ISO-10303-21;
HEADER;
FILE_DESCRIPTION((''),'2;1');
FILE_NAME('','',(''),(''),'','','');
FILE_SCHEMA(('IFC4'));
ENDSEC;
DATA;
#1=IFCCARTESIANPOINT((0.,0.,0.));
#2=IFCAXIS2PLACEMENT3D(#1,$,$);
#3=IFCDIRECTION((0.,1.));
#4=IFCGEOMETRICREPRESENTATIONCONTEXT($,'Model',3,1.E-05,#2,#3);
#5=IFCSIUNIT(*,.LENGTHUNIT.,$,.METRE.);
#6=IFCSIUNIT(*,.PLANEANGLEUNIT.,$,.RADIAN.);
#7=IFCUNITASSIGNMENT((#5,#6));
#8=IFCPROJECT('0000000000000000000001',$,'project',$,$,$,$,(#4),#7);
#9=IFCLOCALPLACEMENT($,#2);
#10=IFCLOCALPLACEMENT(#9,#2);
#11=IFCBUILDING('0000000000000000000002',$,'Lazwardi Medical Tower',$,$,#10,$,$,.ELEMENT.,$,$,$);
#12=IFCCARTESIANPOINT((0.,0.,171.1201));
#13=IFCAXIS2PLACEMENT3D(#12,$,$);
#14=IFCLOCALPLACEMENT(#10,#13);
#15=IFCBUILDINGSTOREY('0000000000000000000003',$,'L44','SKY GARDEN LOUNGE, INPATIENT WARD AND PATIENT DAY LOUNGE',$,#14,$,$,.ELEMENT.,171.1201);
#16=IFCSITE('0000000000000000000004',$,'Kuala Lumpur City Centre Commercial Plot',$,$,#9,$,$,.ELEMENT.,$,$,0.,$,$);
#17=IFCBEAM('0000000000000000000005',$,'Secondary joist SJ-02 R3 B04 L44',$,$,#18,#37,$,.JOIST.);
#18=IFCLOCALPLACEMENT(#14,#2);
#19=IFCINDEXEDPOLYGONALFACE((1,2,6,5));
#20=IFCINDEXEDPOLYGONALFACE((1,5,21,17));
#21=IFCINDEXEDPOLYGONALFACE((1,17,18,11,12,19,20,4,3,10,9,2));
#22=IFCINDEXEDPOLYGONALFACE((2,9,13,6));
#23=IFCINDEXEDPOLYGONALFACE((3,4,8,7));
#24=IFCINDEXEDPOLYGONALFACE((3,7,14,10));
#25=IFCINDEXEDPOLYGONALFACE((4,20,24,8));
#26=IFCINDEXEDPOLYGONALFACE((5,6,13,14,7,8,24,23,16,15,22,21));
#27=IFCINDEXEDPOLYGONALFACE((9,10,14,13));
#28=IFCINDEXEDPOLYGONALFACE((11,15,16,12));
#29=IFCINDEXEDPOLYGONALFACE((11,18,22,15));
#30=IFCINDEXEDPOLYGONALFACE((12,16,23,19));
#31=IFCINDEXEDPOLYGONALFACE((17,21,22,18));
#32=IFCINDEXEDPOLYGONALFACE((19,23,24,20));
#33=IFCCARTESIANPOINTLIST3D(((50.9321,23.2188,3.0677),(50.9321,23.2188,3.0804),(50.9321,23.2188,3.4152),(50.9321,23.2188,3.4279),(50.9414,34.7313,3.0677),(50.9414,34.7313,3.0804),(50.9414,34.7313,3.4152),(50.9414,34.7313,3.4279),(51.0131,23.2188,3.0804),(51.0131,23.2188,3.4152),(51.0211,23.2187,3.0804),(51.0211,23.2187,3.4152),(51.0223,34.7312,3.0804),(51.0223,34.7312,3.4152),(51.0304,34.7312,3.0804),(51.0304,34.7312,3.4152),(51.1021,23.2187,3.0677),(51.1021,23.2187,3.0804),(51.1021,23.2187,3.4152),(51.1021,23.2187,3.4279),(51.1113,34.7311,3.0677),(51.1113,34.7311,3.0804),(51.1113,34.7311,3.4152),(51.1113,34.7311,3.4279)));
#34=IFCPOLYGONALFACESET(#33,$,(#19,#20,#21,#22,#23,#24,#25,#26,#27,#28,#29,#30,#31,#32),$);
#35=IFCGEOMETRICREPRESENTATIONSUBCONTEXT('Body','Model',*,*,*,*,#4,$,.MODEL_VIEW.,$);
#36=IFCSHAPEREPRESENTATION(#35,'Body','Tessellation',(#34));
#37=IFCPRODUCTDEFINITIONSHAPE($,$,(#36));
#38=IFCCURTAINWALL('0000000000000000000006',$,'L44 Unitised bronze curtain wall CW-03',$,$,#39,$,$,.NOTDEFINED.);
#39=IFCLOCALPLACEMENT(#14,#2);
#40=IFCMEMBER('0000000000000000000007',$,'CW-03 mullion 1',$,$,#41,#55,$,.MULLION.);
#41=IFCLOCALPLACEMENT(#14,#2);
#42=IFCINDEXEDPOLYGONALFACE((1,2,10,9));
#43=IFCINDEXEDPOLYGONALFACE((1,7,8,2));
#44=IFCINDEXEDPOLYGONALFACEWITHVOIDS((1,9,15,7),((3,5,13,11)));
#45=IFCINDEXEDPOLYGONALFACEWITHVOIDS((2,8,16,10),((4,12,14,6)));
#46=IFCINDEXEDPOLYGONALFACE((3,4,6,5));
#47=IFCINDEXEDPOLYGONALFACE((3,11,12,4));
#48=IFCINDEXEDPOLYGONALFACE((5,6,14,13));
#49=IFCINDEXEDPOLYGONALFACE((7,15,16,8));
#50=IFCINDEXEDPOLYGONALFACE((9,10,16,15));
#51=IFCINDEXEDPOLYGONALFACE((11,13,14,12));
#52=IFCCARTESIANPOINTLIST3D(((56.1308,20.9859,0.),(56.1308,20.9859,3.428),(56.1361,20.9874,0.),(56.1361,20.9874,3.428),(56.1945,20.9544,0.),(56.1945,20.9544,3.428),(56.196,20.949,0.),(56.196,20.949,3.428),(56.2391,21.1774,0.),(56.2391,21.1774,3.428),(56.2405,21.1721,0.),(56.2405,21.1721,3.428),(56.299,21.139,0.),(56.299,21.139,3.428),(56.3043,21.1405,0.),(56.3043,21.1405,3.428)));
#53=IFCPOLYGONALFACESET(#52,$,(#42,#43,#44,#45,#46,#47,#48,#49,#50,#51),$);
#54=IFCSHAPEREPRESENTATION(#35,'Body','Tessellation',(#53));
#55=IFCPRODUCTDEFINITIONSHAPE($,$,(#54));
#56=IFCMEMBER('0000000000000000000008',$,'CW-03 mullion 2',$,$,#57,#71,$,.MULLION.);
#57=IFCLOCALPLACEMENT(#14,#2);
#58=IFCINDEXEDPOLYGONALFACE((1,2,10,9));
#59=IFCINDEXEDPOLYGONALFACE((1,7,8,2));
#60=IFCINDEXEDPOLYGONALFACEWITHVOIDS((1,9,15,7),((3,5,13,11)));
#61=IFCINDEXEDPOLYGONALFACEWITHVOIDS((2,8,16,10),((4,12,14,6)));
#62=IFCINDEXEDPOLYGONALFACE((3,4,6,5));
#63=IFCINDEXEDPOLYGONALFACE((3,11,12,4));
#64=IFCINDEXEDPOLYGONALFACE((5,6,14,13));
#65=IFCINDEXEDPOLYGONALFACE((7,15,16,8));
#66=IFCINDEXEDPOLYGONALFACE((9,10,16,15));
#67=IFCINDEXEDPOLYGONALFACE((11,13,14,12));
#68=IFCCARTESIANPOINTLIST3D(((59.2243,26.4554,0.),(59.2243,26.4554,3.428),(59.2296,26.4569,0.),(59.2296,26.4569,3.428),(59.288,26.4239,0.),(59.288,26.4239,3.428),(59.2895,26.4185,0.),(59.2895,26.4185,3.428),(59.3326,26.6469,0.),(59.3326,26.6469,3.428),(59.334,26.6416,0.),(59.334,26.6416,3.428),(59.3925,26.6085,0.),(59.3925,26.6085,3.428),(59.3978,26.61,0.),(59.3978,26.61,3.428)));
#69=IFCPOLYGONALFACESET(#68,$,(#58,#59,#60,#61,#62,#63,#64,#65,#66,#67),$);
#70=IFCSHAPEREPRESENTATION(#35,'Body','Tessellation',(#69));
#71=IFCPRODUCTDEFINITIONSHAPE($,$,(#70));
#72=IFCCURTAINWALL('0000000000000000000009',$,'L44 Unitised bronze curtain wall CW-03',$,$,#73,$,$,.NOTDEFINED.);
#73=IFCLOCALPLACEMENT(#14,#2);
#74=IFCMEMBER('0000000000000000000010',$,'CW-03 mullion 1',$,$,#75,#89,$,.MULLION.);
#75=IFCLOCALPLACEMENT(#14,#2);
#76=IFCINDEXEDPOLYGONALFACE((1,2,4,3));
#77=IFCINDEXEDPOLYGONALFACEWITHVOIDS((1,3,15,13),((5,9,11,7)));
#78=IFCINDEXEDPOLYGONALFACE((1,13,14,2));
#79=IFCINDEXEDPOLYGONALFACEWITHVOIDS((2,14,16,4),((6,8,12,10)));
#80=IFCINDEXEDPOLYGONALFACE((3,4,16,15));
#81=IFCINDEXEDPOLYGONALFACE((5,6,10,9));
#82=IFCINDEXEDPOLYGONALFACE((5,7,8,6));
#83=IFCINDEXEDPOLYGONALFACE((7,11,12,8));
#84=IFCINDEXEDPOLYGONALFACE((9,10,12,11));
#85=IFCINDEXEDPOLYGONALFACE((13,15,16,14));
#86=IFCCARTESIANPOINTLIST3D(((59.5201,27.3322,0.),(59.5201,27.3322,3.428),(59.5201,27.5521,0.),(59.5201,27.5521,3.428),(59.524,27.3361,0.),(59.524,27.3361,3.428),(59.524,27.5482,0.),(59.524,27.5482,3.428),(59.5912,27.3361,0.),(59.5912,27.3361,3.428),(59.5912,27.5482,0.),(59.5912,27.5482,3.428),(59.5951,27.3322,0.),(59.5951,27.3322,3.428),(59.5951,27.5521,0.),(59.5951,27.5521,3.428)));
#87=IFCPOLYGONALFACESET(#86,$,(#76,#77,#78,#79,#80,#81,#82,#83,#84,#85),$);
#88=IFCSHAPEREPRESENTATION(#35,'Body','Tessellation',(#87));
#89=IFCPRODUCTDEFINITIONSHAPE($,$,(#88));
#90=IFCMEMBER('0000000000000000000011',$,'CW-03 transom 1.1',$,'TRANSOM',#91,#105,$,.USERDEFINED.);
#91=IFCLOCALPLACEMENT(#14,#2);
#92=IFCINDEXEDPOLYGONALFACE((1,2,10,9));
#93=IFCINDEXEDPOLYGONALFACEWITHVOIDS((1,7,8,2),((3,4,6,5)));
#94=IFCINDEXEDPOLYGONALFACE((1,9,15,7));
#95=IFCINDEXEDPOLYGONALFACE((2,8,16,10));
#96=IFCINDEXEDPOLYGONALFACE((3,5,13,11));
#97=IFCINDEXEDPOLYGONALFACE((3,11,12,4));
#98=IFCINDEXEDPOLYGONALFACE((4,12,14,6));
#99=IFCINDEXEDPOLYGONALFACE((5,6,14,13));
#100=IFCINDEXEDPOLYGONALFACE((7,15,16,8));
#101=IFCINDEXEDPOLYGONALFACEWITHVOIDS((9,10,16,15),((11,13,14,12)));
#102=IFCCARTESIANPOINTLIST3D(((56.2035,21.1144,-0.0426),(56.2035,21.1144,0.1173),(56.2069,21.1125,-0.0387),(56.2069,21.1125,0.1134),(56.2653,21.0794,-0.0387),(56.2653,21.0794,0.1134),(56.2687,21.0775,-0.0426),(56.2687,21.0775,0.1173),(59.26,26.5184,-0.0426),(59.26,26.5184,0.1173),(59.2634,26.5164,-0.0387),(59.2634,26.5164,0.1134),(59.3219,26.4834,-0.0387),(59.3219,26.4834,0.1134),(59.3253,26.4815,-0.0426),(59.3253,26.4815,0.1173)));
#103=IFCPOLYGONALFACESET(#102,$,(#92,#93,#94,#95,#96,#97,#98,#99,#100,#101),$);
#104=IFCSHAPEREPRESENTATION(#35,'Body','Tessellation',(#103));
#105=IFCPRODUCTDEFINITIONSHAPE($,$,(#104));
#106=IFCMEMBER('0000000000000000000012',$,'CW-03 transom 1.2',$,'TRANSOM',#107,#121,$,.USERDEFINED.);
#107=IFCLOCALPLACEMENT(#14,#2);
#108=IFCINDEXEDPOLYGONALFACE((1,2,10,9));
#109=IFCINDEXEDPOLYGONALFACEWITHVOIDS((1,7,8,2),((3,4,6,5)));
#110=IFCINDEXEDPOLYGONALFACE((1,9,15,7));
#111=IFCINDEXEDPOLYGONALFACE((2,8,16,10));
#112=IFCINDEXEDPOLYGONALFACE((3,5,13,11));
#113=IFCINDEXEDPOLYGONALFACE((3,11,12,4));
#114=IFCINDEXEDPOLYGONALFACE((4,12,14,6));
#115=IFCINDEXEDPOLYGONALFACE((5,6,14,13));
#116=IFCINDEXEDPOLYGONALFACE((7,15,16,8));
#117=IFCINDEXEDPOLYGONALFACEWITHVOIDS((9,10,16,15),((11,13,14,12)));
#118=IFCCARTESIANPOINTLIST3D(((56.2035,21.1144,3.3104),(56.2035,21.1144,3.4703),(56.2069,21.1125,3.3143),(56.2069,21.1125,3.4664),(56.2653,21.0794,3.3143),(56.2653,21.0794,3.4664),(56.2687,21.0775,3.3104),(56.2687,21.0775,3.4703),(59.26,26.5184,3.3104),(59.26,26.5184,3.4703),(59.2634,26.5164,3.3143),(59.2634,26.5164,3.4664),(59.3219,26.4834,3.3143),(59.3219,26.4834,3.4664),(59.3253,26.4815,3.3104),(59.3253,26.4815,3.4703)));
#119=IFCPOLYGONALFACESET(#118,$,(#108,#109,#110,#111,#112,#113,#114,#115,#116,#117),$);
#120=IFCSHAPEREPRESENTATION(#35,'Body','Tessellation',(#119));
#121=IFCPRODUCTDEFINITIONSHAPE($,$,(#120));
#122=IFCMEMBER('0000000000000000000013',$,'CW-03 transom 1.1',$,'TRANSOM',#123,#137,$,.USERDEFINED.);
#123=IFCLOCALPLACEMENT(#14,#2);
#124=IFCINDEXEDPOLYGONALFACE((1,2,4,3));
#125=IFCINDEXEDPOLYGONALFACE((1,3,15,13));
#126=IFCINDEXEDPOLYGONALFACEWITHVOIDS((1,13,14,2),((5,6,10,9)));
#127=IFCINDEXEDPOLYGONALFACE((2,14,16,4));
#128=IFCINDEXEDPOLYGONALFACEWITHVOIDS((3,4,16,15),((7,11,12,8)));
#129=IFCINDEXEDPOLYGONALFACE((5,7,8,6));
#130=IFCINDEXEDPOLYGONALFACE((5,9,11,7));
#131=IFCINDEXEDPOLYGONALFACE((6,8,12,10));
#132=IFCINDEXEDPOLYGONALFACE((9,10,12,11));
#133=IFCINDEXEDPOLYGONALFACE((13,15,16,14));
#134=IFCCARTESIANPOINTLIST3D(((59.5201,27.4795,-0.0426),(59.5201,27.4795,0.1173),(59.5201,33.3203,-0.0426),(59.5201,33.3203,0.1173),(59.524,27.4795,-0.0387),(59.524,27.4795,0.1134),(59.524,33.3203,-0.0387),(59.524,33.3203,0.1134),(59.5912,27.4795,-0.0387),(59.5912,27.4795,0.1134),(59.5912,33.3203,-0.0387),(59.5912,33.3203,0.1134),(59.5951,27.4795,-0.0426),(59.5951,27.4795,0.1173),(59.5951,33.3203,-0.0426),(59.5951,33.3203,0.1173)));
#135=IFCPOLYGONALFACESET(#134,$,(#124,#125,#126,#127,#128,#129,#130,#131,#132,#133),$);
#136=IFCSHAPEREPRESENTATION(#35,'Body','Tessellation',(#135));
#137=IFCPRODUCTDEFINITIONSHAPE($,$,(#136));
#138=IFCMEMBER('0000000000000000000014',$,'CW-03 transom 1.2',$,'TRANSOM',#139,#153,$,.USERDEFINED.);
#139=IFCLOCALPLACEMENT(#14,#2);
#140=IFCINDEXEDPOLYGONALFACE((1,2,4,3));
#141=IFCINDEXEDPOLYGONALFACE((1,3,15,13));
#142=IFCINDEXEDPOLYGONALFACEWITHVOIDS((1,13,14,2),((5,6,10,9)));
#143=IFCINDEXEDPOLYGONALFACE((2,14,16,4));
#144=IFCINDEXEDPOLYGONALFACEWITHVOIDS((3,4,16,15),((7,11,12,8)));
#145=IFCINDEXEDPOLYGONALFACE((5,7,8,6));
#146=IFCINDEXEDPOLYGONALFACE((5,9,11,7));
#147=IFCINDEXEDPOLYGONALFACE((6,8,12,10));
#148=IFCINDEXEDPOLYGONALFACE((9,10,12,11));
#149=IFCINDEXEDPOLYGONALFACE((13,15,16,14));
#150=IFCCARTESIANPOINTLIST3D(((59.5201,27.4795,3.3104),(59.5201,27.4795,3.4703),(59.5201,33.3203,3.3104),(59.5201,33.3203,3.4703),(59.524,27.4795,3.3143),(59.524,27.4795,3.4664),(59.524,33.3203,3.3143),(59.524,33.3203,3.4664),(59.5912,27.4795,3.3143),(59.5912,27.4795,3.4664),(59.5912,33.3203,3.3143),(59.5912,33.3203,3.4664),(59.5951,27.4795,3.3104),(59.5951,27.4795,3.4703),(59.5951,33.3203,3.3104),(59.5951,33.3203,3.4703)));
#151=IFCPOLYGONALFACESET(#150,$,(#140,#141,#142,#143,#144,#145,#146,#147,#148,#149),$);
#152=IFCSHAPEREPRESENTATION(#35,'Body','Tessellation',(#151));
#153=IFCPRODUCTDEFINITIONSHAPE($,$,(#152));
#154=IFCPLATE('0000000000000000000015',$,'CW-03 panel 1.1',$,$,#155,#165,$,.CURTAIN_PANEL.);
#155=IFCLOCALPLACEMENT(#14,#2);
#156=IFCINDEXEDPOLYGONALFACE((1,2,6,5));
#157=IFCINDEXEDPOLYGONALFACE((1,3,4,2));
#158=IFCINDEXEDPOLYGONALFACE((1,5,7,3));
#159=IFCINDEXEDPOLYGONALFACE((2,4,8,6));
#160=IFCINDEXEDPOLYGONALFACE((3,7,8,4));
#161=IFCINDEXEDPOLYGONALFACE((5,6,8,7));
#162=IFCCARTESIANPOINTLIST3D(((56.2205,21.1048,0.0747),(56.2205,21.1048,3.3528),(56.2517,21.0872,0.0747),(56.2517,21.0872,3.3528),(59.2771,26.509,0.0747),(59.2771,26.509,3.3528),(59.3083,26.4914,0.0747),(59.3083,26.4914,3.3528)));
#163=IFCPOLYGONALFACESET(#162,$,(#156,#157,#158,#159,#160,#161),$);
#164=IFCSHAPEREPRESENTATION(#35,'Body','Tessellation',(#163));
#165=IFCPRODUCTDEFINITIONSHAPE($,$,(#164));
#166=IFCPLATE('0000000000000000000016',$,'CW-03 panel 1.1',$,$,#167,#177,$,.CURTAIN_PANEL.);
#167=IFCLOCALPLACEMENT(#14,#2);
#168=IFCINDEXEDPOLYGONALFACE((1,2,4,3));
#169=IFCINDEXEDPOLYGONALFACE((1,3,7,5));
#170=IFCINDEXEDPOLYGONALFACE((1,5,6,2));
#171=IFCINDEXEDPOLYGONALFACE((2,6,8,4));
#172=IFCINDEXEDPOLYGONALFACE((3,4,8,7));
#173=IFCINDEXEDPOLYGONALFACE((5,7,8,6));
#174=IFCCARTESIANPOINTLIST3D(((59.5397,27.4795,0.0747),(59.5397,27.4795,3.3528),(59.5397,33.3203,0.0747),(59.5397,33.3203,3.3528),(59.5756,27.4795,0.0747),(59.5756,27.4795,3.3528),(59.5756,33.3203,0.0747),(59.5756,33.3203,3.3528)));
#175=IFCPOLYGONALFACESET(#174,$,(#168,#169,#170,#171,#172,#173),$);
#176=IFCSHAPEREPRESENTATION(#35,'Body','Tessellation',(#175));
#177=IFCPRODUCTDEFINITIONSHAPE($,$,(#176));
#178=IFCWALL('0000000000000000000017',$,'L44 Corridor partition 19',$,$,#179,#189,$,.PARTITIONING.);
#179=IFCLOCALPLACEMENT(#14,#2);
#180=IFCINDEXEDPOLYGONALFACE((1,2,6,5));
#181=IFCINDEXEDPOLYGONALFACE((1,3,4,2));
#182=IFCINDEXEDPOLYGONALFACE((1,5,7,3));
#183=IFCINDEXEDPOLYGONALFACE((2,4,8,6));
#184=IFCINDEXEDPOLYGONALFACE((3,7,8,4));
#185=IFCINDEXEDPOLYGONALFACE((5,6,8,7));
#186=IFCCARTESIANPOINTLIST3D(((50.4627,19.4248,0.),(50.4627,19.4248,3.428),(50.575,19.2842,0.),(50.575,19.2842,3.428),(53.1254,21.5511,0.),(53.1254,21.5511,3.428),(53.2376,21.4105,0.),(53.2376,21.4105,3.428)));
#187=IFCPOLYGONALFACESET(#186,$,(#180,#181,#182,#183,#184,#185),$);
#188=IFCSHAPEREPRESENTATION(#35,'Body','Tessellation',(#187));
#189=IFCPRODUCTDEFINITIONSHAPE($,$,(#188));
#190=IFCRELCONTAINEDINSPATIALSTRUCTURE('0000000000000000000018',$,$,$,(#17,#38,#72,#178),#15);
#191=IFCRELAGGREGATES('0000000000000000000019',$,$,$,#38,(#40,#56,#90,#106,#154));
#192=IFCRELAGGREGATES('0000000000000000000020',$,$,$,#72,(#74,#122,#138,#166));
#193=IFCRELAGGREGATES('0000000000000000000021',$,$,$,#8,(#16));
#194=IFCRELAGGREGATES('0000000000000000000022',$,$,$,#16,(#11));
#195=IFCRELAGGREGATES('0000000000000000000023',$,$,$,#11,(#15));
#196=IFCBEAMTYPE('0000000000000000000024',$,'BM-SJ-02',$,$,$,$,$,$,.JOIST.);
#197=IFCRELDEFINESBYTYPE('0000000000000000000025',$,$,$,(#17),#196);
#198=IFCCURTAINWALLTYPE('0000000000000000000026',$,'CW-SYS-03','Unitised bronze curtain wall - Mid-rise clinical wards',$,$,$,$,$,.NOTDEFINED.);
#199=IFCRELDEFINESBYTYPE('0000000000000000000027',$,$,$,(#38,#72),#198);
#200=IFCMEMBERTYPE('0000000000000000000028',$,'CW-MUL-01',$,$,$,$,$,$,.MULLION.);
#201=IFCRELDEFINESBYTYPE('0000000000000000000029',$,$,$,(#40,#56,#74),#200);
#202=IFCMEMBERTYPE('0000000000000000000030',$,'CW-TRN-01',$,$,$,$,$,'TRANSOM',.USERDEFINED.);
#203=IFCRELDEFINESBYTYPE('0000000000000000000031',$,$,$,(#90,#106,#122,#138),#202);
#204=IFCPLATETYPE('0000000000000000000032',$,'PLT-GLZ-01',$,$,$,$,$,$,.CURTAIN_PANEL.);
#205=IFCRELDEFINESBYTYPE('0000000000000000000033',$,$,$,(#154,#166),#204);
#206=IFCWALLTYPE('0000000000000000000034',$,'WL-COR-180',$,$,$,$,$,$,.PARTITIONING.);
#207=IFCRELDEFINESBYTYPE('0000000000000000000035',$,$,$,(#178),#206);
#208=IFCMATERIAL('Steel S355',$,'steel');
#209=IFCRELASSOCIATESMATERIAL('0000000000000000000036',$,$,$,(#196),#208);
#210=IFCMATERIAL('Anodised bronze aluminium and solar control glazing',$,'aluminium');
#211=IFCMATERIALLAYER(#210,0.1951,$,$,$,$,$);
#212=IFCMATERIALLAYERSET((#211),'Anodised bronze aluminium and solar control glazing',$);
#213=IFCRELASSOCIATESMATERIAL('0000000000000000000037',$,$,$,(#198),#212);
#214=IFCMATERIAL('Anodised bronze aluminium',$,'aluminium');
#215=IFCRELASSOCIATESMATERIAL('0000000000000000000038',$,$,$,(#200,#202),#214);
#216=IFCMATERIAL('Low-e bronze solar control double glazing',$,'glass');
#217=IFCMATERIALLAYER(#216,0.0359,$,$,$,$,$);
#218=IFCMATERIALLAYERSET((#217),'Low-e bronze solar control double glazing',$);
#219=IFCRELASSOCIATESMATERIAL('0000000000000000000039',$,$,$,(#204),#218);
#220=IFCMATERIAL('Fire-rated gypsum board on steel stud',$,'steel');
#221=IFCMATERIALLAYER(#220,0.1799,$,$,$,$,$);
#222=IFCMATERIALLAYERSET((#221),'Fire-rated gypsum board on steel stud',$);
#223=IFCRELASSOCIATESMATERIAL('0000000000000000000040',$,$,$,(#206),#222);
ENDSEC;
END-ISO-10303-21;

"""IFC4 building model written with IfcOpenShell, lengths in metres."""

from ifc_helpers import new_model, si_unit, direction, frame, frame_2d, origin, origin_2d, place, context, subcontext, project, spatial, rectangle, hollow_rectangle, i_section, extrude, material, layer, layer_set, material_profile, profile_set, type_object, element, aggregate, save


model = new_model("IFC4")

# Units and contexts
model_context = context("Model", 3, precision=1e-05, world=origin(), true_north=direction((0.0, 1.0)))
body_context = subcontext(model_context, "Body", "Model", "MODEL_VIEW")
ifc_project = project(units=[si_unit("LENGTHUNIT", "METRE"), si_unit("PLANEANGLEUNIT", "RADIAN")], contexts=[model_context])

# Site, building, storey
site_placement = place(None, origin())
site = spatial("IfcSite", under=ifc_project, at=site_placement, Name="Kuala Lumpur City Centre Commercial Plot", CompositionType="ELEMENT", RefElevation=0.0)
building_placement = place(site_placement, origin())
building = spatial("IfcBuilding", under=site, at=building_placement, Name="Lazwardi Medical Tower", CompositionType="ELEMENT")
storey_placement = place(building_placement, frame((0.0, 0.0, 171.1201)))
storey = spatial("IfcBuildingStorey", under=building, at=storey_placement, Name="L44", Description="SKY GARDEN LOUNGE, INPATIENT WARD AND PATIENT DAY LOUNGE", CompositionType="ELEMENT", Elevation=171.1201)

# Beam
ifc_material_1 = material(Name="Steel S355", Category="steel")
ifc_material_profile_1 = material_profile(ifc_material_1, i_section(OverallWidth=0.1699, OverallDepth=0.3601, WebThickness=0.0081, FlangeThickness=0.0127, at=origin_2d()), Name="IPE 360")
ifc_profile_set_1 = profile_set([ifc_material_profile_1], Name="Steel S355")
beam_type_1 = type_object("IfcBeamType", Name="BM-SJ-02", PredefinedType="JOIST", material=ifc_profile_set_1)
beam_1_placement = place(storey_placement, frame((51.0171, 23.2188, 3.2478), z_axis=(0.000806, 1.0, 0.0), x_axis=(-1.0, 0.000806, 0.0)))
element("IfcBeam", 1, at=beam_1_placement, inside=storey, type_object=beam_type_1, Name="Secondary joist SJ-02 R3 B04 L44", PredefinedType="JOIST", context=body_context, shape_type="SweptSolid", body=[
    extrude(i_section(OverallWidth=0.1699, OverallDepth=0.3601, WebThickness=0.0081, FlangeThickness=0.0127, at=origin_2d()), origin(), (0.0, 0.0, 1.0), 11.5125),
])

# Curtain wall, members
ifc_material_2 = material(Name="Anodised bronze aluminium and solar control glazing", Category="aluminium")
ifc_layer_1 = layer(ifc_material_2, 0.1951)
ifc_layer_set_1 = layer_set([ifc_layer_1], Name="Anodised bronze aluminium and solar control glazing")
curtain_wall_type = type_object("IfcCurtainWallType", Name="CW-SYS-03", Description="Unitised bronze curtain wall - Mid-rise clinical wards", PredefinedType="NOTDEFINED", material=ifc_layer_set_1)
curtain_wall_1_placement = place(storey_placement, origin())
curtain_wall_1 = element("IfcCurtainWall", 2, at=curtain_wall_1_placement, inside=storey, type_object=curtain_wall_type, Name="L44 Unitised bronze curtain wall CW-03", PredefinedType="NOTDEFINED")
ifc_material_3 = material(Name="Anodised bronze aluminium", Category="aluminium")
ifc_material_profile_2 = material_profile(ifc_material_3, hollow_rectangle(XDim=0.075, YDim=0.22, WallThickness=0.0039, at=origin_2d()), Name="ALU-MULLION 220x75x4")
ifc_profile_set_2 = profile_set([ifc_material_profile_2], Name="Anodised bronze aluminium")
member_type_1 = type_object("IfcMemberType", Name="CW-MUL-01", PredefinedType="MULLION", material=ifc_profile_set_2)
member_1_placement = place(storey_placement, frame((56.2175, 21.0632, 0.0), z_axis=(0.0, 0.0, 1.0), x_axis=(-0.870419, 0.492312, 0.0)))
member_1 = element("IfcMember", 3, at=member_1_placement, type_object=member_type_1, Name="CW-03 mullion 1", PredefinedType="MULLION", context=body_context, shape_type="SweptSolid", body=[
    extrude(hollow_rectangle(XDim=0.075, YDim=0.22, WallThickness=0.0039, at=origin_2d()), origin(), (0.0, 0.0, 1.0), 3.428),
])
member_2_placement = place(storey_placement, frame((59.311, 26.5327, 0.0), z_axis=(0.0, 0.0, 1.0), x_axis=(-0.870419, 0.492312, 0.0)))
member_2 = element("IfcMember", 4, at=member_2_placement, type_object=member_type_1, Name="CW-03 mullion 2", PredefinedType="MULLION", context=body_context, shape_type="SweptSolid", body=[
    extrude(hollow_rectangle(XDim=0.075, YDim=0.22, WallThickness=0.0039, at=origin_2d()), origin(), (0.0, 0.0, 1.0), 3.428),
])

# Curtain wall, member
curtain_wall_2_placement = place(storey_placement, origin())
curtain_wall_2 = element("IfcCurtainWall", 5, at=curtain_wall_2_placement, inside=storey, type_object=curtain_wall_type, Name="L44 Unitised bronze curtain wall CW-03", PredefinedType="NOTDEFINED")
member_3_placement = place(storey_placement, frame((59.5576, 27.4421, 0.0), z_axis=(0.0, 0.0, 1.0), x_axis=(-1.0, 0.0, 0.0)))
member_3 = element("IfcMember", 6, at=member_3_placement, type_object=member_type_1, Name="CW-03 mullion 1", PredefinedType="MULLION", context=body_context, shape_type="SweptSolid", body=[
    extrude(hollow_rectangle(XDim=0.075, YDim=0.22, WallThickness=0.0039, at=origin_2d()), origin(), (0.0, 0.0, 1.0), 3.428),
])

# Members
ifc_material_profile_3 = material_profile(ifc_material_3, hollow_rectangle(XDim=0.075, YDim=0.1599, WallThickness=0.0039, at=origin_2d()), Name="ALU-TRANSOM 160x75x4")
ifc_profile_set_3 = profile_set([ifc_material_profile_3], Name="Anodised bronze aluminium")
member_type_2 = type_object("IfcMemberType", Name="CW-TRN-01", ElementType="TRANSOM", PredefinedType="USERDEFINED", material=ifc_profile_set_3)
member_4_placement = place(storey_placement, frame((56.2361, 21.0959, 0.0374), z_axis=(0.492323, 0.870413, 0.0), x_axis=(-0.870413, 0.492323, 0.0)))
member_4 = element("IfcMember", 7, at=member_4_placement, type_object=member_type_2, Name="CW-03 transom 1.1", ObjectType="TRANSOM", PredefinedType="USERDEFINED", context=body_context, shape_type="SweptSolid", body=[
    extrude(hollow_rectangle(XDim=0.075, YDim=0.1599, WallThickness=0.0039, at=origin_2d()), origin(), (0.0, 0.0, 1.0), 6.2085),
])
member_5_placement = place(storey_placement, frame((56.2361, 21.0959, 3.3904), z_axis=(0.492323, 0.870413, 0.0), x_axis=(-0.870413, 0.492323, 0.0)))
member_5 = element("IfcMember", 8, at=member_5_placement, type_object=member_type_2, Name="CW-03 transom 1.2", ObjectType="TRANSOM", PredefinedType="USERDEFINED", context=body_context, shape_type="SweptSolid", body=[
    extrude(hollow_rectangle(XDim=0.075, YDim=0.1599, WallThickness=0.0039, at=origin_2d()), origin(), (0.0, 0.0, 1.0), 6.2085),
])
member_6_placement = place(storey_placement, frame((59.5576, 27.4795, 0.0374), z_axis=(0.0, 1.0, 0.0), x_axis=(-1.0, 0.0, 0.0)))
member_6 = element("IfcMember", 9, at=member_6_placement, type_object=member_type_2, Name="CW-03 transom 1.1", ObjectType="TRANSOM", PredefinedType="USERDEFINED", context=body_context, shape_type="SweptSolid", body=[
    extrude(hollow_rectangle(XDim=0.075, YDim=0.1599, WallThickness=0.0039, at=origin_2d()), origin(), (0.0, 0.0, 1.0), 5.8408),
])
member_7_placement = place(storey_placement, frame((59.5576, 27.4795, 3.3904), z_axis=(0.0, 1.0, 0.0), x_axis=(-1.0, 0.0, 0.0)))
member_7 = element("IfcMember", 10, at=member_7_placement, type_object=member_type_2, Name="CW-03 transom 1.2", ObjectType="TRANSOM", PredefinedType="USERDEFINED", context=body_context, shape_type="SweptSolid", body=[
    extrude(hollow_rectangle(XDim=0.075, YDim=0.1599, WallThickness=0.0039, at=origin_2d()), origin(), (0.0, 0.0, 1.0), 5.8408),
])

# Plates
ifc_material_4 = material(Name="Low-e bronze solar control double glazing", Category="glass")
ifc_layer_2 = layer(ifc_material_4, 0.0359)
ifc_layer_set_2 = layer_set([ifc_layer_2], Name="Low-e bronze solar control double glazing")
plate_type = type_object("IfcPlateType", Name="PLT-GLZ-01", PredefinedType="CURTAIN_PANEL", material=ifc_layer_set_2)
plate_1_placement = place(storey_placement, frame((57.7644, 23.7981, 0.0747), z_axis=(0.0, 0.0, 1.0), x_axis=(0.492312, 0.870419, 0.0)))
plate_1 = element("IfcPlate", 11, at=plate_1_placement, type_object=plate_type, Name="CW-03 panel 1.1", PredefinedType="CURTAIN_PANEL", context=body_context, shape_type="SweptSolid", body=[
    extrude(rectangle(XDim=6.2087, YDim=0.0359, at=origin_2d()), origin(), (0.0, 0.0, 1.0), 3.2781),
])
aggregate(curtain_wall_1, [member_1, member_2, member_4, member_5, plate_1])
plate_2_placement = place(storey_placement, frame((59.5576, 30.3999, 0.0747), z_axis=(0.0, 0.0, 1.0), x_axis=(0.0, 1.0, 0.0)))
plate_2 = element("IfcPlate", 12, at=plate_2_placement, type_object=plate_type, Name="CW-03 panel 1.1", PredefinedType="CURTAIN_PANEL", context=body_context, shape_type="SweptSolid", body=[
    extrude(rectangle(XDim=5.8408, YDim=0.0359, at=origin_2d()), origin(), (0.0, 0.0, 1.0), 3.2781),
])
aggregate(curtain_wall_2, [member_3, member_6, member_7, plate_2])

# Wall
ifc_material_5 = material(Name="Fire-rated gypsum board on steel stud", Category="steel")
ifc_layer_3 = layer(ifc_material_5, 0.1799)
ifc_layer_set_3 = layer_set([ifc_layer_3], Name="Fire-rated gypsum board on steel stud")
wall_type_1 = type_object("IfcWallType", Name="WL-COR-180", PredefinedType="PARTITIONING", material=ifc_layer_set_3)
wall_1_placement = place(storey_placement, frame((53.1814, 21.4807, 0.0), z_axis=(0.0, 0.0, 1.0), x_axis=(-0.781421, -0.624005, 0.0)))
element("IfcWall", 13, at=wall_1_placement, inside=storey, type_object=wall_type_1, Name="L44 Corridor partition 19", PredefinedType="PARTITIONING", context=body_context, shape_type="SweptSolid", body=[
    extrude(rectangle(XDim=3.4075, YDim=0.1799, at=frame_2d((1.7036, 0.0))), origin(), (0.0, 0.0, 1.0), 3.428),
])

save(model, "model.ifc")
